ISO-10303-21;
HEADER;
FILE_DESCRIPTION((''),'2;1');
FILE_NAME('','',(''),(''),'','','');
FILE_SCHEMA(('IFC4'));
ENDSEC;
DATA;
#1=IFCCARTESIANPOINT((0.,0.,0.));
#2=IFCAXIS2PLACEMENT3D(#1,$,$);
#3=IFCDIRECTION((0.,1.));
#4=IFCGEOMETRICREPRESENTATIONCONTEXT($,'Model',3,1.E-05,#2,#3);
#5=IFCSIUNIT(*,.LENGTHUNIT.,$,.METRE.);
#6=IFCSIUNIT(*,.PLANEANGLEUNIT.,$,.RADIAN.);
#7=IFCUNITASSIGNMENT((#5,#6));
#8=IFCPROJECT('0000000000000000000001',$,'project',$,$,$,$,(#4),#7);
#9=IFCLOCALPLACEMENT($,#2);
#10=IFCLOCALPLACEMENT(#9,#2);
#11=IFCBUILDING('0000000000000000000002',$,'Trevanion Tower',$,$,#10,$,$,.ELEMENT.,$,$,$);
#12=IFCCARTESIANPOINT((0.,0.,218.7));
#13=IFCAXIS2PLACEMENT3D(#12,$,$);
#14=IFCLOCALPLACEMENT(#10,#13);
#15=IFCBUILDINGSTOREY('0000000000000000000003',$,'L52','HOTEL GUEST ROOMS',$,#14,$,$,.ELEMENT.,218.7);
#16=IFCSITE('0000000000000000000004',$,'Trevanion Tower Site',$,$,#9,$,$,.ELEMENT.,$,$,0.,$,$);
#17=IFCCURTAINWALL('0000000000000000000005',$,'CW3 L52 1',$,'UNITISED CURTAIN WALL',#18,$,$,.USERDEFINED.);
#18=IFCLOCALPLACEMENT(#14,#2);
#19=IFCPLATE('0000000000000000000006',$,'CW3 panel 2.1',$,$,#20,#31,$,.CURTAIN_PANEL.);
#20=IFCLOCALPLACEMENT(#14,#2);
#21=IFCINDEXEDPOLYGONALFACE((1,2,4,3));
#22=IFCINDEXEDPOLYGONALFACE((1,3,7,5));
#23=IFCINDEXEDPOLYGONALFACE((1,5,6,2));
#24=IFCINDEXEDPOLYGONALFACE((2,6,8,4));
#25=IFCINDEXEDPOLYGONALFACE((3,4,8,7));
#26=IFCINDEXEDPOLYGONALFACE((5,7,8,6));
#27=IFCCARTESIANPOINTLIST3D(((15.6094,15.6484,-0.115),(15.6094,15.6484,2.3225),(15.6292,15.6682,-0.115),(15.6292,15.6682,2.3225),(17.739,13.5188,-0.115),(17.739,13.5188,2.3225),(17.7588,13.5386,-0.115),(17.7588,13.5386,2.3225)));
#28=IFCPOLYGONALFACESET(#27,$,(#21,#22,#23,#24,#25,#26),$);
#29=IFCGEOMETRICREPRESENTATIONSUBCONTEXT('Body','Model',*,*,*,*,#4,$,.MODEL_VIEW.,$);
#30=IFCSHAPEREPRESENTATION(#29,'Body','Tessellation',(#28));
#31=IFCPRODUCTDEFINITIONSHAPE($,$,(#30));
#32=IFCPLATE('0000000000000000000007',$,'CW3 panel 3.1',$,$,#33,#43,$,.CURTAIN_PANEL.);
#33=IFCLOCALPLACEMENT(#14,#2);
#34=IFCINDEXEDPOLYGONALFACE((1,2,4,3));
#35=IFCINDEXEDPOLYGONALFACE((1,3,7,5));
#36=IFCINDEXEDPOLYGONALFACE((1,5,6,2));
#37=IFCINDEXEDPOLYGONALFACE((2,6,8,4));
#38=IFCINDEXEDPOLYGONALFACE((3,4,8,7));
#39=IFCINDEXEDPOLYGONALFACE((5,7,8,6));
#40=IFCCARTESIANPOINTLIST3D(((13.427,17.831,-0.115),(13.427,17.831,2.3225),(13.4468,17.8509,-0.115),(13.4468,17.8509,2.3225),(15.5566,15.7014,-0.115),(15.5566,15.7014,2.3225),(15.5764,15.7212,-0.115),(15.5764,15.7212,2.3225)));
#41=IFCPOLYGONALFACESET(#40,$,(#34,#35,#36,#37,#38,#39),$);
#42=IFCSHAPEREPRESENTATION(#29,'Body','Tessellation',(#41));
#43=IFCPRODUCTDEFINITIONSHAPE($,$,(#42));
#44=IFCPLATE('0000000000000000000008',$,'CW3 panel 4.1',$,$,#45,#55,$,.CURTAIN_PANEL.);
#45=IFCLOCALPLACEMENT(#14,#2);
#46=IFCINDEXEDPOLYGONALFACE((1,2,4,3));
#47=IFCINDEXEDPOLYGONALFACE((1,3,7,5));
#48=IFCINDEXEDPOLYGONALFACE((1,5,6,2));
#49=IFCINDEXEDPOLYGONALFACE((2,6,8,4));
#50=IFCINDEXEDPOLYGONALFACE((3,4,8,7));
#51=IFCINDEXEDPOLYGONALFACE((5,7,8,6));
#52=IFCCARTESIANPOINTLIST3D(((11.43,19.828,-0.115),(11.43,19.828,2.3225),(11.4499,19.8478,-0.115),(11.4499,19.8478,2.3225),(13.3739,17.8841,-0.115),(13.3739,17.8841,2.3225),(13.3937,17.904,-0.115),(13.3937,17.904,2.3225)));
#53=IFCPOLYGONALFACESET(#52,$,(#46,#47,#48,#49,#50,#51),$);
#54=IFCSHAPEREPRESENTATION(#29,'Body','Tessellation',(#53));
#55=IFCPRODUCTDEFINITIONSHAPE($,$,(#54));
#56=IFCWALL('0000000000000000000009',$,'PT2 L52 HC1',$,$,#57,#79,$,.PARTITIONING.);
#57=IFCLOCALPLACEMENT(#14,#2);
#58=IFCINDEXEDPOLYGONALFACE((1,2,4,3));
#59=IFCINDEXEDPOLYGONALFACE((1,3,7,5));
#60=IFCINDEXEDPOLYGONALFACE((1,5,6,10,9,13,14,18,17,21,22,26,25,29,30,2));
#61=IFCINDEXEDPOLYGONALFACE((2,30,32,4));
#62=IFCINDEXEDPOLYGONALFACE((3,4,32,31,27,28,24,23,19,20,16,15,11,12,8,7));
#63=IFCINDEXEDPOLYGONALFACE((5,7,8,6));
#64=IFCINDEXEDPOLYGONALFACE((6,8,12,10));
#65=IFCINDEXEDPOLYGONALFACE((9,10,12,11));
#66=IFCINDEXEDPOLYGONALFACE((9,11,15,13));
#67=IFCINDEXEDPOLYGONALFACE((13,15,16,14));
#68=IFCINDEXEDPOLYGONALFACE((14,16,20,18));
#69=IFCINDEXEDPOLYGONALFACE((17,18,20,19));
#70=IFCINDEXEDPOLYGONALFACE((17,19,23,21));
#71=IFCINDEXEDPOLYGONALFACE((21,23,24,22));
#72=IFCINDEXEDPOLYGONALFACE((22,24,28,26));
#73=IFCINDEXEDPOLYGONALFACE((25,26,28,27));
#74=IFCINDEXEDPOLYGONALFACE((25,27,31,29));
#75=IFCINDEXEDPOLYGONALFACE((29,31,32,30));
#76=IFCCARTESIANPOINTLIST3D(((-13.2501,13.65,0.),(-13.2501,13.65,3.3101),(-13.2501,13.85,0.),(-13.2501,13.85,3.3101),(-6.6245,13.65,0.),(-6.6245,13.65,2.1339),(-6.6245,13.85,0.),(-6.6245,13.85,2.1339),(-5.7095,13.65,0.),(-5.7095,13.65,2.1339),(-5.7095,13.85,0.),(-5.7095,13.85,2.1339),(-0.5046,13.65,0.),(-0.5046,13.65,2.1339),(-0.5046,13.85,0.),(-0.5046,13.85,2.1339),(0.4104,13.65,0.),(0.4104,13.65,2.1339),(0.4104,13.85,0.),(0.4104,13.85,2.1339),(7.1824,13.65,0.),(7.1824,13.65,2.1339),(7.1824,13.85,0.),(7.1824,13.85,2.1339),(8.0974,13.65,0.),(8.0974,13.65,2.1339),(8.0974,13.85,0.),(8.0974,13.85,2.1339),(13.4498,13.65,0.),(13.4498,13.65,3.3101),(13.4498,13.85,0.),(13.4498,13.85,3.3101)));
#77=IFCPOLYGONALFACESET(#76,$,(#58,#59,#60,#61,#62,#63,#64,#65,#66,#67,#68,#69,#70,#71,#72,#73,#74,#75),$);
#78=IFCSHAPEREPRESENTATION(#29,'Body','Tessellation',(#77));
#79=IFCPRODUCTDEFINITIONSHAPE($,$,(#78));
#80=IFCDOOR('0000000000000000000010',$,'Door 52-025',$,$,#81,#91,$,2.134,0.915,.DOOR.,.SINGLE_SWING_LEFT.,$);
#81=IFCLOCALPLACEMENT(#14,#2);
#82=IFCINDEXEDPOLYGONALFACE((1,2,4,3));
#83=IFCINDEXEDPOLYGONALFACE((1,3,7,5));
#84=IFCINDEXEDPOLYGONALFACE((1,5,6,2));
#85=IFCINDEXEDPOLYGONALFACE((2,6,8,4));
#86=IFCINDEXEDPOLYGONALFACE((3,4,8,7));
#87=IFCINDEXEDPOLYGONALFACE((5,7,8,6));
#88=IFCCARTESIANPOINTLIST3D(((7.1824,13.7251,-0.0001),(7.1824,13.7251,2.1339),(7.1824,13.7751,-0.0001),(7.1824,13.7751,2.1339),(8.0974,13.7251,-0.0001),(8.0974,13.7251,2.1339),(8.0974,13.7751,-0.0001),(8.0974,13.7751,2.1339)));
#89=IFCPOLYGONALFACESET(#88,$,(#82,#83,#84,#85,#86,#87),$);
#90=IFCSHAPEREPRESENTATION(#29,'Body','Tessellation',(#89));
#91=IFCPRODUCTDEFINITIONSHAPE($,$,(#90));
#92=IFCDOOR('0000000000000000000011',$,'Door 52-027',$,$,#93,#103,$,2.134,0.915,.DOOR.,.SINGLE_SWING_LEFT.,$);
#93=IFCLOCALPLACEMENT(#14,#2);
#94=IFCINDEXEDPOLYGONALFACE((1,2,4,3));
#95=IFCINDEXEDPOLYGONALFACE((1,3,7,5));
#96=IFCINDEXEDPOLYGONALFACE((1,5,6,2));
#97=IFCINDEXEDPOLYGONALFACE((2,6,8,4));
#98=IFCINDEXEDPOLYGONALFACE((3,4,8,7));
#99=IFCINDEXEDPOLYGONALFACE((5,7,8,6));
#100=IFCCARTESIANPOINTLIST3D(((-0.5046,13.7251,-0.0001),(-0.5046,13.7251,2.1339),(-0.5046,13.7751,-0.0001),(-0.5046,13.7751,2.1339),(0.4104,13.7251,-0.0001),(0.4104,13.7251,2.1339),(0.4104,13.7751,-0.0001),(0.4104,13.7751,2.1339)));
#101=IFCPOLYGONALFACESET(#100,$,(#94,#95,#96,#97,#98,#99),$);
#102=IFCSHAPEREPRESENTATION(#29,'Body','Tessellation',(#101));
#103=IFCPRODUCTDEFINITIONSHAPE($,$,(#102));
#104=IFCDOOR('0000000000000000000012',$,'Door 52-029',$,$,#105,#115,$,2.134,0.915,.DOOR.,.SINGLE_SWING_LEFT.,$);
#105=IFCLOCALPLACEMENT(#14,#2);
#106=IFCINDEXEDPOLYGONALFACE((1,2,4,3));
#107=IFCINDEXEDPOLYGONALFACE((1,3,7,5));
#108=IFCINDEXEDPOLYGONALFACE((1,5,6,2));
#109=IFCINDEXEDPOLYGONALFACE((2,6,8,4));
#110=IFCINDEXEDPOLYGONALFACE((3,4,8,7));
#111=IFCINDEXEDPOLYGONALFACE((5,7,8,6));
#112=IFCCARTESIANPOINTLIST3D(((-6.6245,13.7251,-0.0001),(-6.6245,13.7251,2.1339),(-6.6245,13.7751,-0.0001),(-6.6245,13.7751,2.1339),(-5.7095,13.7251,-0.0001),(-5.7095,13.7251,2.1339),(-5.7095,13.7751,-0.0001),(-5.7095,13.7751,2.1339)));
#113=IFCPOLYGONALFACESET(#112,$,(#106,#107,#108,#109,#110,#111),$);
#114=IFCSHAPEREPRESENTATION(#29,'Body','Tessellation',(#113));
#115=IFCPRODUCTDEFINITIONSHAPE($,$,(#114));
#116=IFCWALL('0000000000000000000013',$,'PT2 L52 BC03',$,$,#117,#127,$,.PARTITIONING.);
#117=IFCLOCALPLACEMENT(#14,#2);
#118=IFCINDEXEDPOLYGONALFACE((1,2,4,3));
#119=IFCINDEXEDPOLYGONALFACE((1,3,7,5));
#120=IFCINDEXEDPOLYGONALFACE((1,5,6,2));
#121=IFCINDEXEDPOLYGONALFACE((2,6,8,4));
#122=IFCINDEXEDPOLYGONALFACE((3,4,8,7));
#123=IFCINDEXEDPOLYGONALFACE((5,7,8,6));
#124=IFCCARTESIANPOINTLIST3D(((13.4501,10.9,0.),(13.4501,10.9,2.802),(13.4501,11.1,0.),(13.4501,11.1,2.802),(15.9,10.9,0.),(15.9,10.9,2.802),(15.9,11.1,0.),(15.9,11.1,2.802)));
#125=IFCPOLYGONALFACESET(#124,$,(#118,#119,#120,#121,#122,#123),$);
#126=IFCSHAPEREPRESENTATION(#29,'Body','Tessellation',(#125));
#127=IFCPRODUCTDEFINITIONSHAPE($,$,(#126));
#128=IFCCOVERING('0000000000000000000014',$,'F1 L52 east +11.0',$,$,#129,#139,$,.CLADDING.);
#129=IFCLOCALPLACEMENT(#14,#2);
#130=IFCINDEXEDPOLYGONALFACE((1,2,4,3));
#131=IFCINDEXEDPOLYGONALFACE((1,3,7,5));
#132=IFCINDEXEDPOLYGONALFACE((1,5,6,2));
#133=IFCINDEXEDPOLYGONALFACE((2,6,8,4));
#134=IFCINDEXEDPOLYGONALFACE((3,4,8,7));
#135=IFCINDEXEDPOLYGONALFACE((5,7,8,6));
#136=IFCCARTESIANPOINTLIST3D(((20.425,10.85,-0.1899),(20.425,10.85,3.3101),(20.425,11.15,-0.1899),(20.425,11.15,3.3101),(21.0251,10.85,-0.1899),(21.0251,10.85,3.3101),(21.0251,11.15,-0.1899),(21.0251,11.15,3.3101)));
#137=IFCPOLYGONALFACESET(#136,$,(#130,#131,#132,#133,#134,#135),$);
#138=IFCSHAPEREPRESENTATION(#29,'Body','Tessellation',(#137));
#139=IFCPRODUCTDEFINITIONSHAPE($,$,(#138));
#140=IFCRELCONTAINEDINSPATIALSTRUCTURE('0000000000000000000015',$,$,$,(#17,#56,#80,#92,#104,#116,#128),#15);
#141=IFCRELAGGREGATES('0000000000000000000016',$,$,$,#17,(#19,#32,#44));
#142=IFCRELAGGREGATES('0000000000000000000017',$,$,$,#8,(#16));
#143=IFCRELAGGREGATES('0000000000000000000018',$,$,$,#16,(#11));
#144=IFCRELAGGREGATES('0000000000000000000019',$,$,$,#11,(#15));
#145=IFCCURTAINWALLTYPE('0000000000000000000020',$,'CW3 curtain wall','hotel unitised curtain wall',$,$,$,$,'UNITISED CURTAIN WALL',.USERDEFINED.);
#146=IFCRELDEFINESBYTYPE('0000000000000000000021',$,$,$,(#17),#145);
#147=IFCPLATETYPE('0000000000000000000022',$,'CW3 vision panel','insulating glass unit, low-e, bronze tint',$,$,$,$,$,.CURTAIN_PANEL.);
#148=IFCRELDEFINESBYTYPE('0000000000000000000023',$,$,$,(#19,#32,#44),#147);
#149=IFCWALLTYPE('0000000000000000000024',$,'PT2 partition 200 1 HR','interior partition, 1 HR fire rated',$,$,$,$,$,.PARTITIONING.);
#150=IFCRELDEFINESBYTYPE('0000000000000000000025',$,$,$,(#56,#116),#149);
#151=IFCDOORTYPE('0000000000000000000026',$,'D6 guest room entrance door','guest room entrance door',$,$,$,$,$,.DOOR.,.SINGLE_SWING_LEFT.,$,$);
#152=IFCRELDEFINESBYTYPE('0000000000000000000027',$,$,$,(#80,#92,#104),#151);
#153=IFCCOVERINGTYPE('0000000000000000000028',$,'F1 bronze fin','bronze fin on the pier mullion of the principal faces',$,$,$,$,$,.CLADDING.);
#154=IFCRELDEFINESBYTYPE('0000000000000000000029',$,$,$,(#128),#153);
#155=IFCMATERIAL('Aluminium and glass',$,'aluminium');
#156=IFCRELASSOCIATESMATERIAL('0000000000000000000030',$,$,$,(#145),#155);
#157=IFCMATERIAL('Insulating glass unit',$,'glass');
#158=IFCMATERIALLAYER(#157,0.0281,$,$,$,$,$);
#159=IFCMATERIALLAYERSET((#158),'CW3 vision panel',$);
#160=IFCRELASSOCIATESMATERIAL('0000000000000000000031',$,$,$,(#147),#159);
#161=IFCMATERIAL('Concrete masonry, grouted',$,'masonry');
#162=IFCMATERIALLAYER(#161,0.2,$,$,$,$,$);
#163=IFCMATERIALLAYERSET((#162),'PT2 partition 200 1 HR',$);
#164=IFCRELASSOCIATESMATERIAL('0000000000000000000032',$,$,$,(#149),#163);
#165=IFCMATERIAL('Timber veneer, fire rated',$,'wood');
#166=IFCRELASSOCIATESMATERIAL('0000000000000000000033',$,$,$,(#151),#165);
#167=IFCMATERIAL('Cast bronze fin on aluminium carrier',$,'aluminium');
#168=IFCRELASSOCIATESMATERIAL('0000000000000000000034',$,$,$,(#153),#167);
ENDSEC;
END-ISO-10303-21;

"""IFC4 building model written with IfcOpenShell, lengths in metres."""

from ifc_helpers import new_model, si_unit, direction, frame, frame_2d, origin, origin_2d, place, context, subcontext, project, spatial, rectangle, extrude, material, layer, layer_set, type_object, element, fill, aggregate, save


model = new_model("IFC4")

# Units and contexts
model_context = context("Model", 3, precision=1e-05, world=origin(), true_north=direction((0.0, 1.0)))
body_context = subcontext(model_context, "Body", "Model", "MODEL_VIEW")
ifc_project = project(units=[si_unit("LENGTHUNIT", "METRE"), si_unit("PLANEANGLEUNIT", "RADIAN")], contexts=[model_context])

# Site, building, storey
site_placement = place(None, origin())
site = spatial("IfcSite", under=ifc_project, at=site_placement, Name="Trevanion Tower Site", CompositionType="ELEMENT", RefElevation=0.0)
building_placement = place(site_placement, origin())
building = spatial("IfcBuilding", under=site, at=building_placement, Name="Trevanion Tower", CompositionType="ELEMENT")
storey_placement = place(building_placement, frame((0.0, 0.0, 218.7)))
storey = spatial("IfcBuildingStorey", under=building, at=storey_placement, Name="L52", Description="HOTEL GUEST ROOMS", CompositionType="ELEMENT", Elevation=218.7)

# Curtain wall
ifc_material_1 = material(Name="Aluminium and glass", Category="aluminium")
curtain_wall_type = type_object("IfcCurtainWallType", Name="CW3 curtain wall", Description="hotel unitised curtain wall", ElementType="UNITISED CURTAIN WALL", PredefinedType="USERDEFINED", material=ifc_material_1)
curtain_wall_1_placement = place(storey_placement, origin())
curtain_wall_1 = element("IfcCurtainWall", 1, at=curtain_wall_1_placement, inside=storey, type_object=curtain_wall_type, Name="CW3 L52 1", ObjectType="UNITISED CURTAIN WALL", PredefinedType="USERDEFINED")

# Plates
ifc_material_2 = material(Name="Insulating glass unit", Category="glass")
ifc_layer_1 = layer(ifc_material_2, 0.0281)
ifc_layer_set_1 = layer_set([ifc_layer_1], Name="CW3 vision panel")
plate_type_1 = type_object("IfcPlateType", Name="CW3 vision panel", Description="insulating glass unit, low-e, bronze tint", PredefinedType="CURTAIN_PANEL", material=ifc_layer_set_1)
plate_1_placement = place(storey_placement, frame((16.6841, 14.5935, -0.115), z_axis=(0.0, 0.0, 1.0), x_axis=(-0.707107, 0.707107, 0.0)))
plate_1 = element("IfcPlate", 2, at=plate_1_placement, type_object=plate_type_1, Name="CW3 panel 2.1", PredefinedType="CURTAIN_PANEL", context=body_context, shape_type="SweptSolid", body=[
    extrude(rectangle(XDim=3.0117, YDim=0.0281, at=origin_2d()), origin(), (0.0, 0.0, 1.0), 2.4375),
])
plate_2_placement = place(storey_placement, frame((14.5017, 16.7761, -0.115), z_axis=(0.0, 0.0, 1.0), x_axis=(-0.707107, 0.707107, 0.0)))
plate_2 = element("IfcPlate", 3, at=plate_2_placement, type_object=plate_type_1, Name="CW3 panel 3.1", PredefinedType="CURTAIN_PANEL", context=body_context, shape_type="SweptSolid", body=[
    extrude(rectangle(XDim=3.0117, YDim=0.0281, at=origin_2d()), origin(), (0.0, 0.0, 1.0), 2.4375),
])
plate_3_placement = place(storey_placement, frame((12.4119, 18.866, -0.115), z_axis=(0.0, 0.0, 1.0), x_axis=(-0.707107, 0.707107, 0.0)))
plate_3 = element("IfcPlate", 4, at=plate_3_placement, type_object=plate_type_1, Name="CW3 panel 4.1", PredefinedType="CURTAIN_PANEL", context=body_context, shape_type="SweptSolid", body=[
    extrude(rectangle(XDim=2.749, YDim=0.0281, at=origin_2d()), origin(), (0.0, 0.0, 1.0), 2.4375),
])
aggregate(curtain_wall_1, [plate_1, plate_2, plate_3])

# Wall, openings, doors
ifc_material_3 = material(Name="Concrete masonry, grouted", Category="masonry")
ifc_layer_2 = layer(ifc_material_3, 0.2)
ifc_layer_set_2 = layer_set([ifc_layer_2], Name="PT2 partition 200 1 HR")
wall_type = type_object("IfcWallType", Name="PT2 partition 200 1 HR", Description="interior partition, 1 HR fire rated", PredefinedType="PARTITIONING", material=ifc_layer_set_2)
wall_1_placement = place(storey_placement, frame((13.45, 13.75, 0.0), z_axis=(0.0, 0.0, 1.0), x_axis=(-1.0, 0.0, 0.0)))
wall_1 = element("IfcWall", 5, at=wall_1_placement, inside=storey, type_object=wall_type, Name="PT2 L52 HC1", PredefinedType="PARTITIONING", context=body_context, shape_type="SweptSolid", body=[
    extrude(rectangle(XDim=26.7, YDim=0.2, at=frame_2d((13.3501, 0.0))), origin(), (0.0, 0.0, 1.0), 3.3101),
])
opening_1_placement = place(wall_1_placement, frame((5.3525, 0.0, 0.0)))
opening_1 = element("IfcOpeningElement", 6, at=opening_1_placement, cuts=wall_1, PredefinedType="OPENING", context=body_context, shape_type="SweptSolid", body=[
    extrude(rectangle(XDim=0.915, YDim=2.134, at=frame_2d((0.4575, 1.0669))), frame((0.0, 0.1099, 0.0), z_axis=(0.0, -1.0, 0.0), x_axis=(1.0, 0.0, 0.0)), (0.0, 0.0, 1.0), 0.22),
])
opening_2_placement = place(wall_1_placement, frame((13.0396, 0.0, 0.0)))
opening_2 = element("IfcOpeningElement", 7, at=opening_2_placement, cuts=wall_1, PredefinedType="OPENING", context=body_context, shape_type="SweptSolid", body=[
    extrude(rectangle(XDim=0.915, YDim=2.134, at=frame_2d((0.4575, 1.0669))), frame((0.0, 0.1099, 0.0), z_axis=(0.0, -1.0, 0.0), x_axis=(1.0, 0.0, 0.0)), (0.0, 0.0, 1.0), 0.22),
])
opening_3_placement = place(wall_1_placement, frame((19.1594, 0.0, 0.0)))
opening_3 = element("IfcOpeningElement", 8, at=opening_3_placement, cuts=wall_1, PredefinedType="OPENING", context=body_context, shape_type="SweptSolid", body=[
    extrude(rectangle(XDim=0.915, YDim=2.134, at=frame_2d((0.4575, 1.0669))), frame((0.0, 0.1099, 0.0), z_axis=(0.0, -1.0, 0.0), x_axis=(1.0, 0.0, 0.0)), (0.0, 0.0, 1.0), 0.22),
])
ifc_material_4 = material(Name="Timber veneer, fire rated", Category="wood")
door_type = type_object("IfcDoorType", Name="D6 guest room entrance door", Description="guest room entrance door", OperationType="SINGLE_SWING_LEFT", PredefinedType="DOOR", material=ifc_material_4)
door_1_placement = place(opening_1_placement, origin())
door_1 = element("IfcDoor", 9, at=door_1_placement, inside=storey, type_object=door_type, Name="Door 52-025", OperationType="SINGLE_SWING_LEFT", OverallHeight=2.134, OverallWidth=0.915, PredefinedType="DOOR", context=body_context, shape_type="SweptSolid", body=[
    extrude(rectangle(XDim=0.915, YDim=2.134, at=frame_2d((0.4575, 1.0669))), frame((0.0, 0.0249, 0.0), z_axis=(0.0, -1.0, 0.0), x_axis=(1.0, 0.0, 0.0)), (0.0, 0.0, 1.0), 0.05),
])
fill(opening_1, door_1)
door_2_placement = place(opening_2_placement, origin())
door_2 = element("IfcDoor", 10, at=door_2_placement, inside=storey, type_object=door_type, Name="Door 52-027", OperationType="SINGLE_SWING_LEFT", OverallHeight=2.134, OverallWidth=0.915, PredefinedType="DOOR", context=body_context, shape_type="SweptSolid", body=[
    extrude(rectangle(XDim=0.915, YDim=2.134, at=frame_2d((0.4575, 1.0669))), frame((0.0, 0.0249, 0.0), z_axis=(0.0, -1.0, 0.0), x_axis=(1.0, 0.0, 0.0)), (0.0, 0.0, 1.0), 0.05),
])
fill(opening_2, door_2)
door_3_placement = place(opening_3_placement, origin())
door_3 = element("IfcDoor", 11, at=door_3_placement, inside=storey, type_object=door_type, Name="Door 52-029", OperationType="SINGLE_SWING_LEFT", OverallHeight=2.134, OverallWidth=0.915, PredefinedType="DOOR", context=body_context, shape_type="SweptSolid", body=[
    extrude(rectangle(XDim=0.915, YDim=2.134, at=frame_2d((0.4575, 1.0669))), frame((0.0, 0.0249, 0.0), z_axis=(0.0, -1.0, 0.0), x_axis=(1.0, 0.0, 0.0)), (0.0, 0.0, 1.0), 0.05),
])
fill(opening_3, door_3)

# Wall
wall_2_placement = place(storey_placement, frame((13.45, 11.0, 0.0), z_axis=(0.0, 0.0, 1.0), x_axis=(1.0, 0.0, 0.0)))
element("IfcWall", 12, at=wall_2_placement, inside=storey, type_object=wall_type, Name="PT2 L52 BC03", PredefinedType="PARTITIONING", context=body_context, shape_type="SweptSolid", body=[
    extrude(rectangle(XDim=2.45, YDim=0.2, at=frame_2d((1.2251, 0.0))), origin(), (0.0, 0.0, 1.0), 2.802),
])

# Covering
ifc_material_5 = material(Name="Cast bronze fin on aluminium carrier", Category="aluminium")
covering_type = type_object("IfcCoveringType", Name="F1 bronze fin", Description="bronze fin on the pier mullion of the principal faces", PredefinedType="CLADDING", material=ifc_material_5)
covering_placement = place(storey_placement, frame((20.7251, 11.0, -0.1899), z_axis=(0.0, 0.0, 1.0), x_axis=(0.0, 1.0, 0.0)))
element("IfcCovering", 13, at=covering_placement, inside=storey, type_object=covering_type, Name="F1 L52 east +11.0", PredefinedType="CLADDING", context=body_context, shape_type="SweptSolid", body=[
    extrude(rectangle(XDim=0.3, YDim=0.6001, at=origin_2d()), origin(), (0.0, 0.0, 1.0), 3.5),
])

save(model, "model.ifc")
